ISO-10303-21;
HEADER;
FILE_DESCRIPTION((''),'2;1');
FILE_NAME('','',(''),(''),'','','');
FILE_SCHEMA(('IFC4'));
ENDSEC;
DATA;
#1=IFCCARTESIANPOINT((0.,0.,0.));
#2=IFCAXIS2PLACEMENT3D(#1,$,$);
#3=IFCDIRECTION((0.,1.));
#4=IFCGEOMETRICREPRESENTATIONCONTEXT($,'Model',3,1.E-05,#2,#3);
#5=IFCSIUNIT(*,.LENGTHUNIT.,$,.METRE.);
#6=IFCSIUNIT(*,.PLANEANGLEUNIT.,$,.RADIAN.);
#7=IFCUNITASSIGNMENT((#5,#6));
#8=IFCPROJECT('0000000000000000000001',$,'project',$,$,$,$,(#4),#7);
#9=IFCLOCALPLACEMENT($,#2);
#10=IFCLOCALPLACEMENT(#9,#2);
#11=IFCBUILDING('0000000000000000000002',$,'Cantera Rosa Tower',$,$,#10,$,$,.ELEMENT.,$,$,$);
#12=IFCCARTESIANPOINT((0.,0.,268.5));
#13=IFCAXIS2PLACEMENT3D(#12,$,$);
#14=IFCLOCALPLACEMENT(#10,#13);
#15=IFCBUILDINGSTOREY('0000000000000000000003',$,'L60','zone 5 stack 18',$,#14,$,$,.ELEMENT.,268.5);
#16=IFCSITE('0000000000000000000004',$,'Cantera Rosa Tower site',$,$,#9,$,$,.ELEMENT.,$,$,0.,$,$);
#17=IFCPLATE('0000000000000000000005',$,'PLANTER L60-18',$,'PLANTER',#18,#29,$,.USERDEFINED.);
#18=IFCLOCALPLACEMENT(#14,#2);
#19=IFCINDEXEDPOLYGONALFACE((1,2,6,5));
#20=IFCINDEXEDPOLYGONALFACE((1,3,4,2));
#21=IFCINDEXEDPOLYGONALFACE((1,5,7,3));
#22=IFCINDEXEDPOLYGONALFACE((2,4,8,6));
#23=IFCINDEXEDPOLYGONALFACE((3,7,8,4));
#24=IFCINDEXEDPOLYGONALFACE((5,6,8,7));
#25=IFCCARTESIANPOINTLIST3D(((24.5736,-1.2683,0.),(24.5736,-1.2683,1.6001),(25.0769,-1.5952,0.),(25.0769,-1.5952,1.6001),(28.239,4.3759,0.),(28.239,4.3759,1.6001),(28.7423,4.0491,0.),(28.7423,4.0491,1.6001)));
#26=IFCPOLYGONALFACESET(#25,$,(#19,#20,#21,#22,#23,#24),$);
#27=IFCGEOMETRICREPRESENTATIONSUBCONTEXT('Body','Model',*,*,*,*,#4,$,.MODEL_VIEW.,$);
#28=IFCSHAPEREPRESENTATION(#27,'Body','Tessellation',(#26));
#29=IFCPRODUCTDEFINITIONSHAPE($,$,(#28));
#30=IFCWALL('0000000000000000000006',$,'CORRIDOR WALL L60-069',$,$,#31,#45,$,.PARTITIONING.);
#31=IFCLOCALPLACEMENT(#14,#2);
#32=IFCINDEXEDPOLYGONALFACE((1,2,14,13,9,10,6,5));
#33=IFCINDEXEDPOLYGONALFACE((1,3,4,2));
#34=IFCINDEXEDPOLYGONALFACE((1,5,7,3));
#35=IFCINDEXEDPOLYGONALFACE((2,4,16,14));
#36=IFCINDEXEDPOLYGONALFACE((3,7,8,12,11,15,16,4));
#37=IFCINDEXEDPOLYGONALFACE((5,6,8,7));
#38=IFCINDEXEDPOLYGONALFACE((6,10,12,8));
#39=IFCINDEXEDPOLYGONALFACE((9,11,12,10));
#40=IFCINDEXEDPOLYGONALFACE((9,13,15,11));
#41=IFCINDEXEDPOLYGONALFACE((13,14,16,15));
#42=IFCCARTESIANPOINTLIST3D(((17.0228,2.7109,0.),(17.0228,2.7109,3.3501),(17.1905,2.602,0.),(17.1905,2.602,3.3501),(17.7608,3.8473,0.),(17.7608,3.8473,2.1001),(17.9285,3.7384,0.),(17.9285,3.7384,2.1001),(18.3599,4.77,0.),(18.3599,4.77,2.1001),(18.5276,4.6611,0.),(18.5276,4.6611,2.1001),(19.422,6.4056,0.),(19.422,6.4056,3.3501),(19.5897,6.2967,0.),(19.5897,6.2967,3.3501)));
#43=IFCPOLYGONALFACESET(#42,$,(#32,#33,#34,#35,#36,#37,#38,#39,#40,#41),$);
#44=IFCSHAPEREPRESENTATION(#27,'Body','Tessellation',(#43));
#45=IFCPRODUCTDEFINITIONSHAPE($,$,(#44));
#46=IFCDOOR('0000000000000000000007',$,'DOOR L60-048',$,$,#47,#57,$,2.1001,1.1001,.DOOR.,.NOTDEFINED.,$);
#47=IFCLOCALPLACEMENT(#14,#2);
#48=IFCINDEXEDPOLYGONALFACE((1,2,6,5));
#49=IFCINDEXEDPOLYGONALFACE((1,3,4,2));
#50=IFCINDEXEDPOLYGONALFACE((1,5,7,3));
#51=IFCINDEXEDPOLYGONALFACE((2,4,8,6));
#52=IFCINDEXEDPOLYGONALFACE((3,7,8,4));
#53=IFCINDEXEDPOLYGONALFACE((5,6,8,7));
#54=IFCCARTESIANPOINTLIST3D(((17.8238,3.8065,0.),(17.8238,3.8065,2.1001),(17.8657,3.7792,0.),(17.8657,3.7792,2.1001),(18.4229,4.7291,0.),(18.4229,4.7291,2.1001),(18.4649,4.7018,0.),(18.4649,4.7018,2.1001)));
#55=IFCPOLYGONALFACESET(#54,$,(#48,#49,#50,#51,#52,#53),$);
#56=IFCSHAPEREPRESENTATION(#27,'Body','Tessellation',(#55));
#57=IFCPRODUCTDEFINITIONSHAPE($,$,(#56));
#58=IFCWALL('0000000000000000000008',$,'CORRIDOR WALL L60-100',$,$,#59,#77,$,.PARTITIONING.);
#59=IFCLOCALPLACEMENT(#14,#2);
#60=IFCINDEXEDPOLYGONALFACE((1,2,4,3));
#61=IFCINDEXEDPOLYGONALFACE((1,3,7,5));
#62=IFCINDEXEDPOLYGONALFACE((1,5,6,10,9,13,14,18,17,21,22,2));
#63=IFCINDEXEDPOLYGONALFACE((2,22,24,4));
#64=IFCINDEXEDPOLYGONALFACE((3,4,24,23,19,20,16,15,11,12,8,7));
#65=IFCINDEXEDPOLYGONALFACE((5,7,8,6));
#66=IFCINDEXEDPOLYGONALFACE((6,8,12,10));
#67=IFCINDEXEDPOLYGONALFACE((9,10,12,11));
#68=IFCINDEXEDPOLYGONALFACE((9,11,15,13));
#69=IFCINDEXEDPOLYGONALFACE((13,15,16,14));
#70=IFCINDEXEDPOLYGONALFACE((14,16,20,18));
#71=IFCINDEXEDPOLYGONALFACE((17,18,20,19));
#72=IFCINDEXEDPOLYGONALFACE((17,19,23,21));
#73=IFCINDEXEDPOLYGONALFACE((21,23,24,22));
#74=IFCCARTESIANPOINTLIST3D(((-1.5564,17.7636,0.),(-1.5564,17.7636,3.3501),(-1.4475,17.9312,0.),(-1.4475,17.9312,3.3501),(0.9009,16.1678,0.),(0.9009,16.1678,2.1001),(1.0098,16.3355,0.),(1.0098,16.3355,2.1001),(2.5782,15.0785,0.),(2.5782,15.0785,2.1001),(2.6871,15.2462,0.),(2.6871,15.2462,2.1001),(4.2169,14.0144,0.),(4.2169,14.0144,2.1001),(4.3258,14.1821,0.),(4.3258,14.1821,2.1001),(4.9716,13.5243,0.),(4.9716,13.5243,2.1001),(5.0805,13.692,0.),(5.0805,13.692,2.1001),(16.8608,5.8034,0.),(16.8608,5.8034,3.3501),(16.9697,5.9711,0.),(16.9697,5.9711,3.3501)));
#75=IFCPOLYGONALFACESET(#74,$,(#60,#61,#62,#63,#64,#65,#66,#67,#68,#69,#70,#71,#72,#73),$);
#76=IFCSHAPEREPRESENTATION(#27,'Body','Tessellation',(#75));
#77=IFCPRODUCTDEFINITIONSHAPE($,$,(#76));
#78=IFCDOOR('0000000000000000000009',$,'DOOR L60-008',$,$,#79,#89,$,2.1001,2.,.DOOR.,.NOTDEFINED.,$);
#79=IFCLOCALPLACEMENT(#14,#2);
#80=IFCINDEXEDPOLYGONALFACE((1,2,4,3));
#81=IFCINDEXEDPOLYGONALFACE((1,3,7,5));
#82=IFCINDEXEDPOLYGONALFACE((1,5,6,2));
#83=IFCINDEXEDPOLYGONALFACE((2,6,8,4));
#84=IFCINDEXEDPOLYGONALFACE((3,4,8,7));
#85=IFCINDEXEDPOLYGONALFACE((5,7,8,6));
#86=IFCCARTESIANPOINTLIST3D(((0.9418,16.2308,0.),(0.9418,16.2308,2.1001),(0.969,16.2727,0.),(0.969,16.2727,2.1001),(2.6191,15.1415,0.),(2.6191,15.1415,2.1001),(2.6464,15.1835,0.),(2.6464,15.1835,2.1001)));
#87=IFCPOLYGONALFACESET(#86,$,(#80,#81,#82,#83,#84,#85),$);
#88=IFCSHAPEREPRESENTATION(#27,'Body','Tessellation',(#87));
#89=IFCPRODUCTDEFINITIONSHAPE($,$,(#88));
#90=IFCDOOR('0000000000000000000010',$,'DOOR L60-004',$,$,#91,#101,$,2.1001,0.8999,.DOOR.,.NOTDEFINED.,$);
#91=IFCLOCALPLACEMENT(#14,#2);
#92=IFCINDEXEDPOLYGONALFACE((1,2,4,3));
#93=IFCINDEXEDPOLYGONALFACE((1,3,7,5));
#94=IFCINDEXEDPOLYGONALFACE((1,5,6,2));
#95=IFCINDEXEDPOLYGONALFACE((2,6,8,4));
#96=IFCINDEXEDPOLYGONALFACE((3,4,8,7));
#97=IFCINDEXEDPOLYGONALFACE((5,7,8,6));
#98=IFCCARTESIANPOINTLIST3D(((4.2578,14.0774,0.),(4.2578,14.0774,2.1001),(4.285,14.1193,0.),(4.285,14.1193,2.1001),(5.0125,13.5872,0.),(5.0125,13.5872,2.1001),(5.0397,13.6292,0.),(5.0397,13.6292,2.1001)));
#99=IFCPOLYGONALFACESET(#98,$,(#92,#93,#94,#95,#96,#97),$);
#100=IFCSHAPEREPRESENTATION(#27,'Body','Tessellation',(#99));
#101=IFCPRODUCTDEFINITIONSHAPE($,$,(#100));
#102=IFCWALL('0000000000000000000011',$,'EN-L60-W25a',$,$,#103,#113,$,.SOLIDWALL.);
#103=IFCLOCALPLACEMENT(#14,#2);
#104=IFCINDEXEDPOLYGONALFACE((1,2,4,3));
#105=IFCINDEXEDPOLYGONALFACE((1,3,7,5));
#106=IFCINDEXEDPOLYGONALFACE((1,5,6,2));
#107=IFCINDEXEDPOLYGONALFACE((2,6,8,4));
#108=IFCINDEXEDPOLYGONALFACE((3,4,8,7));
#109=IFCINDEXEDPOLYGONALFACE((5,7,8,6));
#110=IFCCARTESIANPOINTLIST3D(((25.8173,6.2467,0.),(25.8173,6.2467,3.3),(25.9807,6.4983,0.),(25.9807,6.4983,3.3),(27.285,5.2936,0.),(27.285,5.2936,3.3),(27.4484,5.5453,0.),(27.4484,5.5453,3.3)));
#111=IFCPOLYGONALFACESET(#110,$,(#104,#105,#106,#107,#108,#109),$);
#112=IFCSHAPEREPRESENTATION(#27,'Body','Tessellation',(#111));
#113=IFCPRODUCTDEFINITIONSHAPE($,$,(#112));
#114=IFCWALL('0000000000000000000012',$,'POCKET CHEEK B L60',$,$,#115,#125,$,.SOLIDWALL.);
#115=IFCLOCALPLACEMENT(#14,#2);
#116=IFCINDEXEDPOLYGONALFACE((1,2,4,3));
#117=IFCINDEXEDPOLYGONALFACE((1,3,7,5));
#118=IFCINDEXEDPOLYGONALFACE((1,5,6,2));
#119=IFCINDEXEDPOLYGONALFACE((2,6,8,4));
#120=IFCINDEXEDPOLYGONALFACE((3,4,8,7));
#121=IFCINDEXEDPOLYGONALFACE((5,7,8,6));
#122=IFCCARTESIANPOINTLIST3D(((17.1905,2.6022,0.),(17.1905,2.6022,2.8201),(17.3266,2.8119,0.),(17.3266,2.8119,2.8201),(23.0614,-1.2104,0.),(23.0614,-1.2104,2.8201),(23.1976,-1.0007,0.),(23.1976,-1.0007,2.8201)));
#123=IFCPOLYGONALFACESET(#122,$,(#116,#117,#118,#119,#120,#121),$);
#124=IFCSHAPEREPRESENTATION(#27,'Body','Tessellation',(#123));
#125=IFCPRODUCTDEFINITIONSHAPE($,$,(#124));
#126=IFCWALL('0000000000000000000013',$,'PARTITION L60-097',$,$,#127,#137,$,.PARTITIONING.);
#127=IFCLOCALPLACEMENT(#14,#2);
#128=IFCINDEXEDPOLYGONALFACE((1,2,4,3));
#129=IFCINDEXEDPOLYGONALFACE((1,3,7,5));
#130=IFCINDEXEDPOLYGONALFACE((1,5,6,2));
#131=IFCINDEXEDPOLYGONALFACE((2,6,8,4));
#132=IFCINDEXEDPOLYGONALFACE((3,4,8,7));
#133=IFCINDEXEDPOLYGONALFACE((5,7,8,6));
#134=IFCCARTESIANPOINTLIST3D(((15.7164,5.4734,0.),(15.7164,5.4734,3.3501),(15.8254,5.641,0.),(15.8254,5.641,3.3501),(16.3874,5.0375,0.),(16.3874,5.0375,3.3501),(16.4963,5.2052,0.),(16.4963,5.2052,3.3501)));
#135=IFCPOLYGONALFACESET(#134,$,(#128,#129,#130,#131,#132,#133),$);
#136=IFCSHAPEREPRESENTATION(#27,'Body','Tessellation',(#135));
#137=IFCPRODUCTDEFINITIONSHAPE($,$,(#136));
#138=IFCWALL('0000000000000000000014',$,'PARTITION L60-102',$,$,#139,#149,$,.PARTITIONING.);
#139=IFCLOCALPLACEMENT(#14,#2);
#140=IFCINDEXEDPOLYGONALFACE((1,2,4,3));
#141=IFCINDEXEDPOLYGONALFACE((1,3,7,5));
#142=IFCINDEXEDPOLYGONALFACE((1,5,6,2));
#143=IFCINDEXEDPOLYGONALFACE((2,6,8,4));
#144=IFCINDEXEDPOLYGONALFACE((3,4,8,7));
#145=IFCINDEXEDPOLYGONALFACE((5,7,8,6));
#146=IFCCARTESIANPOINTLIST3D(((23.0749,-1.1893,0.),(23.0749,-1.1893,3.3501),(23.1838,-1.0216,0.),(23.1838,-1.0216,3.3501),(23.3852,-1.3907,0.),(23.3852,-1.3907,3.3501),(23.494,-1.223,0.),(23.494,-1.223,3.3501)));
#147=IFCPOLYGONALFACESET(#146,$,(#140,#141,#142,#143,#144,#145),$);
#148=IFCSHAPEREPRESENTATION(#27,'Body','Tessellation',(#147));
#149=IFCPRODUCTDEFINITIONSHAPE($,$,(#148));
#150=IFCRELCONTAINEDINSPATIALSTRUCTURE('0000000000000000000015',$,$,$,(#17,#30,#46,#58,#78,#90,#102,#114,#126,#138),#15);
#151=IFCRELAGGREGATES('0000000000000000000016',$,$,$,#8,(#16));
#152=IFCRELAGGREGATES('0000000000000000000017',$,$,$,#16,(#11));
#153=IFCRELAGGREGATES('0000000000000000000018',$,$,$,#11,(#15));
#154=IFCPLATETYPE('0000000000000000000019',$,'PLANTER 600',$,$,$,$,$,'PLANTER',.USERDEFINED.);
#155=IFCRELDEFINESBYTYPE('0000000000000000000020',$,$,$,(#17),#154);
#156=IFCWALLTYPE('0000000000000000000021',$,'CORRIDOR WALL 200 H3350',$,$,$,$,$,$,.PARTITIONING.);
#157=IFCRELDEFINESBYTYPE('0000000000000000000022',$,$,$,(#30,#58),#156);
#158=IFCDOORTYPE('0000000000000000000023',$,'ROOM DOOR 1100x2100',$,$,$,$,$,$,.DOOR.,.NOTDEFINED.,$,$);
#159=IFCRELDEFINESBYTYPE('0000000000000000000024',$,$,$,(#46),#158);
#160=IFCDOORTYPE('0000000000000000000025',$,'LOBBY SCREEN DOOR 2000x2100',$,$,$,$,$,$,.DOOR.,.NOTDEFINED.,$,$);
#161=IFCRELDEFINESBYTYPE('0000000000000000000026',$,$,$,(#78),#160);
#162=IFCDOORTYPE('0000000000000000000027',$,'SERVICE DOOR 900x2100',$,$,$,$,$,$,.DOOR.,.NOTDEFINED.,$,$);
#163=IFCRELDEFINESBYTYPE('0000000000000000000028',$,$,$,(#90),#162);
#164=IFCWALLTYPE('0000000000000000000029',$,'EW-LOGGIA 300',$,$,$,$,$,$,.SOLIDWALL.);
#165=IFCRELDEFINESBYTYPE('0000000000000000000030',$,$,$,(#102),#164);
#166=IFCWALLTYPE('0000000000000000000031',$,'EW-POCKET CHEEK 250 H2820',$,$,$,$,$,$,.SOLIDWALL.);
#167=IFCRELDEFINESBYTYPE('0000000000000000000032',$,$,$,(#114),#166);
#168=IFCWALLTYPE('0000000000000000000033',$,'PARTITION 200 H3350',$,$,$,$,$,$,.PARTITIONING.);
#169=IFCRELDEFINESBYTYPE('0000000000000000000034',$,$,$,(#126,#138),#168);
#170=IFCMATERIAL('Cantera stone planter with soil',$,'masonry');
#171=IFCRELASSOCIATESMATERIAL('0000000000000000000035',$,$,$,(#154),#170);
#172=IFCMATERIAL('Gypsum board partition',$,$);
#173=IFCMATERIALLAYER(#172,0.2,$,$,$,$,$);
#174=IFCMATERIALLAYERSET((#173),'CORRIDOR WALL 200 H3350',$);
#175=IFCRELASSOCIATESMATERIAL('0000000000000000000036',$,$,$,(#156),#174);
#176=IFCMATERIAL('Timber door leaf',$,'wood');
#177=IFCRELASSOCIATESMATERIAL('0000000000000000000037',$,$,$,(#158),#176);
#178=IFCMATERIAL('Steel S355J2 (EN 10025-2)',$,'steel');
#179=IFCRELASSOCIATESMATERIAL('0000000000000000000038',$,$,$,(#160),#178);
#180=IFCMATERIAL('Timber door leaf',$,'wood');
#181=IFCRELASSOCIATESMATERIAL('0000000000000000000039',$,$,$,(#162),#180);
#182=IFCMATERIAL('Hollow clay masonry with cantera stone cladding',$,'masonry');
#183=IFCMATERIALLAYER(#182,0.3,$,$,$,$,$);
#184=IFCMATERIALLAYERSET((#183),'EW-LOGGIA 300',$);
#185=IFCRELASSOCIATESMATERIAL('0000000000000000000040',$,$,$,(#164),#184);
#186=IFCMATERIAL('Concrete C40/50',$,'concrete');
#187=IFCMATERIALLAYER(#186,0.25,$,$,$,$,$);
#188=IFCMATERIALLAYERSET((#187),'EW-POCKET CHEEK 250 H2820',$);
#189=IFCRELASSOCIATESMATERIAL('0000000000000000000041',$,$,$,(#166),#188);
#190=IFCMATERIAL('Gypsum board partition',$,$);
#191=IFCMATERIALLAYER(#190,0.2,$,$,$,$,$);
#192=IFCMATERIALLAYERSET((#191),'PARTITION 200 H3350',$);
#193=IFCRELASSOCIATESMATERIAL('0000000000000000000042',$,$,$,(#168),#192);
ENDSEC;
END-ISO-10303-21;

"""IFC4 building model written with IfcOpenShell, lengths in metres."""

from ifc_helpers import new_model, si_unit, direction, frame, frame_2d, origin, origin_2d, place, context, subcontext, project, spatial, rectangle, extrude, material, layer, layer_set, type_object, element, fill, save


model = new_model("IFC4")

# Units and contexts
model_context = context("Model", 3, precision=1e-05, world=origin(), true_north=direction((0.0, 1.0)))
body_context = subcontext(model_context, "Body", "Model", "MODEL_VIEW")
ifc_project = project(units=[si_unit("LENGTHUNIT", "METRE"), si_unit("PLANEANGLEUNIT", "RADIAN")], contexts=[model_context])

# Site, building, storey
site_placement = place(None, origin())
site = spatial("IfcSite", under=ifc_project, at=site_placement, Name="Cantera Rosa Tower site", CompositionType="ELEMENT", RefElevation=0.0)
building_placement = place(site_placement, origin())
building = spatial("IfcBuilding", under=site, at=building_placement, Name="Cantera Rosa Tower", CompositionType="ELEMENT")
storey_placement = place(building_placement, frame((0.0, 0.0, 268.5)))
storey = spatial("IfcBuildingStorey", under=building, at=storey_placement, Name="L60", Description="zone 5 stack 18", CompositionType="ELEMENT", Elevation=268.5)

# Plate
ifc_material_1 = material(Name="Cantera stone planter with soil", Category="masonry")
plate_type_1 = type_object("IfcPlateType", Name="PLANTER 600", ElementType="PLANTER", PredefinedType="USERDEFINED", material=ifc_material_1)
plate_1_placement = place(storey_placement, frame((26.658, 1.3904, 0.0), z_axis=(0.0, 0.0, 1.0), x_axis=(0.544639, 0.838671, 0.0)))
element("IfcPlate", 1, at=plate_1_placement, inside=storey, type_object=plate_type_1, Name="PLANTER L60-18", ObjectType="PLANTER", PredefinedType="USERDEFINED", context=body_context, shape_type="SweptSolid", body=[
    extrude(rectangle(XDim=6.73, YDim=0.6001, at=origin_2d()), origin(), (0.0, 0.0, 1.0), 1.6001),
])

# Wall, opening, door
ifc_material_2 = material(Name="Gypsum board partition")
ifc_layer_1 = layer(ifc_material_2, 0.2)
ifc_layer_set_1 = layer_set([ifc_layer_1], Name="CORRIDOR WALL 200 H3350")
wall_type_1 = type_object("IfcWallType", Name="CORRIDOR WALL 200 H3350", PredefinedType="PARTITIONING", material=ifc_layer_set_1)
wall_1_placement = place(storey_placement, frame((17.1067, 2.6565, 0.0), z_axis=(0.0, 0.0, 1.0), x_axis=(0.54462, 0.838683, 0.0)))
wall_1 = element("IfcWall", 2, at=wall_1_placement, inside=storey, type_object=wall_type_1, Name="CORRIDOR WALL L60-069", PredefinedType="PARTITIONING", context=body_context, shape_type="SweptSolid", body=[
    extrude(rectangle(XDim=4.4053, YDim=0.2, at=frame_2d((2.2026, 0.0))), origin(), (0.0, 0.0, 1.0), 3.3501),
])
opening_1_placement = place(wall_1_placement, frame((1.355, 0.0, 0.0)))
opening_1 = element("IfcOpeningElement", 3, at=opening_1_placement, cuts=wall_1, PredefinedType="OPENING", context=body_context, shape_type="SweptSolid", body=[
    extrude(rectangle(XDim=1.1001, YDim=2.1001, at=frame_2d((0.55, 1.05))), frame((0.0, 0.1099, 0.0), z_axis=(0.0, -1.0, 0.0), x_axis=(1.0, 0.0, 0.0)), (0.0, 0.0, 1.0), 0.22),
])
ifc_material_3 = material(Name="Timber door leaf", Category="wood")
door_type_1 = type_object("IfcDoorType", Name="ROOM DOOR 1100x2100", OperationType="NOTDEFINED", PredefinedType="DOOR", material=ifc_material_3)
door_1_placement = place(opening_1_placement, origin())
door_1 = element("IfcDoor", 4, at=door_1_placement, inside=storey, type_object=door_type_1, Name="DOOR L60-048", OperationType="NOTDEFINED", OverallHeight=2.1001, OverallWidth=1.1001, PredefinedType="DOOR", context=body_context, shape_type="SweptSolid", body=[
    extrude(rectangle(XDim=1.1001, YDim=2.1001, at=frame_2d((0.55, 1.05))), frame((0.0, 0.0249, 0.0), z_axis=(0.0, -1.0, 0.0), x_axis=(1.0, 0.0, 0.0)), (0.0, 0.0, 1.0), 0.05),
])
fill(opening_1, door_1)

# Wall, openings, doors
wall_2_placement = place(storey_placement, frame((16.9153, 5.8872, 0.0), z_axis=(0.0, 0.0, 1.0), x_axis=(-0.838672, 0.544636, 0.0)))
wall_2 = element("IfcWall", 5, at=wall_2_placement, inside=storey, type_object=wall_type_1, Name="CORRIDOR WALL L60-100", PredefinedType="PARTITIONING", context=body_context, shape_type="SweptSolid", body=[
    extrude(rectangle(XDim=21.96, YDim=0.2, at=frame_2d((10.98, 0.0))), origin(), (0.0, 0.0, 1.0), 3.3501),
])
opening_2_placement = place(wall_2_placement, frame((14.1763, 0.0, 0.0)))
opening_2 = element("IfcOpeningElement", 6, at=opening_2_placement, cuts=wall_2, PredefinedType="OPENING", context=body_context, shape_type="SweptSolid", body=[
    extrude(rectangle(XDim=0.8999, YDim=2.1001, at=frame_2d((0.45, 1.05))), frame((0.0, 0.1099, 0.0), z_axis=(0.0, -1.0, 0.0), x_axis=(1.0, 0.0, 0.0)), (0.0, 0.0, 1.0), 0.22),
])
opening_3_placement = place(wall_2_placement, frame((17.03, 0.0, 0.0)))
opening_3 = element("IfcOpeningElement", 7, at=opening_3_placement, cuts=wall_2, PredefinedType="OPENING", context=body_context, shape_type="SweptSolid", body=[
    extrude(rectangle(XDim=2.0, YDim=2.1001, at=frame_2d((1.0, 1.05))), frame((0.0, 0.1099, 0.0), z_axis=(0.0, -1.0, 0.0), x_axis=(1.0, 0.0, 0.0)), (0.0, 0.0, 1.0), 0.22),
])
ifc_material_4 = material(Name="Steel S355J2 (EN 10025-2)", Category="steel")
door_type_2 = type_object("IfcDoorType", Name="LOBBY SCREEN DOOR 2000x2100", OperationType="NOTDEFINED", PredefinedType="DOOR", material=ifc_material_4)
door_2_placement = place(opening_3_placement, origin())
door_2 = element("IfcDoor", 8, at=door_2_placement, inside=storey, type_object=door_type_2, Name="DOOR L60-008", OperationType="NOTDEFINED", OverallHeight=2.1001, OverallWidth=2.0, PredefinedType="DOOR", context=body_context, shape_type="SweptSolid", body=[
    extrude(rectangle(XDim=2.0, YDim=2.1001, at=frame_2d((1.0, 1.05))), frame((0.0, 0.0249, 0.0), z_axis=(0.0, -1.0, 0.0), x_axis=(1.0, 0.0, 0.0)), (0.0, 0.0, 1.0), 0.05),
])
fill(opening_3, door_2)
ifc_material_5 = material(Name="Timber door leaf", Category="wood")
door_type_3 = type_object("IfcDoorType", Name="SERVICE DOOR 900x2100", OperationType="NOTDEFINED", PredefinedType="DOOR", material=ifc_material_5)
door_3_placement = place(opening_2_placement, origin())
door_3 = element("IfcDoor", 9, at=door_3_placement, inside=storey, type_object=door_type_3, Name="DOOR L60-004", OperationType="NOTDEFINED", OverallHeight=2.1001, OverallWidth=0.8999, PredefinedType="DOOR", context=body_context, shape_type="SweptSolid", body=[
    extrude(rectangle(XDim=0.8999, YDim=2.1001, at=frame_2d((0.45, 1.05))), frame((0.0, 0.0249, 0.0), z_axis=(0.0, -1.0, 0.0), x_axis=(1.0, 0.0, 0.0)), (0.0, 0.0, 1.0), 0.05),
])
fill(opening_2, door_3)

# Wall
ifc_material_6 = material(Name="Hollow clay masonry with cantera stone cladding", Category="masonry")
ifc_layer_2 = layer(ifc_material_6, 0.3)
ifc_layer_set_2 = layer_set([ifc_layer_2], Name="EW-LOGGIA 300")
wall_type_2 = type_object("IfcWallType", Name="EW-LOGGIA 300", PredefinedType="SOLIDWALL", material=ifc_layer_set_2)
wall_3_placement = place(storey_placement, frame((27.3667, 5.4194, 0.0), z_axis=(0.0, 0.0, 1.0), x_axis=(-0.838686, 0.544616, 0.0)))
element("IfcWall", 10, at=wall_3_placement, inside=storey, type_object=wall_type_2, Name="EN-L60-W25a", PredefinedType="SOLIDWALL", context=body_context, shape_type="SweptSolid", body=[
    extrude(rectangle(XDim=1.75, YDim=0.3, at=frame_2d((0.875, 0.0))), origin(), (0.0, 0.0, 1.0), 3.3),
])

# Walls
ifc_material_7 = material(Name="Concrete C40/50", Category="concrete")
ifc_layer_3 = layer(ifc_material_7, 0.25)
ifc_layer_set_3 = layer_set([ifc_layer_3], Name="EW-POCKET CHEEK 250 H2820")
wall_type_3 = type_object("IfcWallType", Name="EW-POCKET CHEEK 250 H2820", PredefinedType="SOLIDWALL", material=ifc_layer_set_3)
wall_4_placement = place(storey_placement, frame((23.1294, -1.1055, 0.0), z_axis=(0.0, 0.0, 1.0), x_axis=(-0.838675, 0.544632, 0.0)))
element("IfcWall", 11, at=wall_4_placement, inside=storey, type_object=wall_type_3, Name="POCKET CHEEK B L60", PredefinedType="SOLIDWALL", context=body_context, shape_type="SweptSolid", body=[
    extrude(rectangle(XDim=7.0002, YDim=0.25, at=frame_2d((3.5, 0.0))), origin(), (0.0, 0.0, 1.0), 2.8201),
])
ifc_material_8 = material(Name="Gypsum board partition")
ifc_layer_4 = layer(ifc_material_8, 0.2)
ifc_layer_set_4 = layer_set([ifc_layer_4], Name="PARTITION 200 H3350")
wall_type_4 = type_object("IfcWallType", Name="PARTITION 200 H3350", PredefinedType="PARTITIONING", material=ifc_layer_set_4)
wall_5_placement = place(storey_placement, frame((15.771, 5.5571, 0.0), z_axis=(0.0, 0.0, 1.0), x_axis=(0.838611, -0.544731, 0.0)))
element("IfcWall", 12, at=wall_5_placement, inside=storey, type_object=wall_type_4, Name="PARTITION L60-097", PredefinedType="PARTITIONING", context=body_context, shape_type="SweptSolid", body=[
    extrude(rectangle(XDim=0.8, YDim=0.2, at=frame_2d((0.3999, 0.0))), origin(), (0.0, 0.0, 1.0), 3.3501),
])
wall_6_placement = place(storey_placement, frame((23.4397, -1.3069, 0.0), z_axis=(0.0, 0.0, 1.0), x_axis=(-0.83879, 0.544455, 0.0)))
element("IfcWall", 13, at=wall_6_placement, inside=storey, type_object=wall_type_4, Name="PARTITION L60-102", PredefinedType="PARTITIONING", context=body_context, shape_type="SweptSolid", body=[
    extrude(rectangle(XDim=0.3699, YDim=0.2, at=frame_2d((0.1851, 0.0))), origin(), (0.0, 0.0, 1.0), 3.3501),
])

save(model, "model.ifc")
